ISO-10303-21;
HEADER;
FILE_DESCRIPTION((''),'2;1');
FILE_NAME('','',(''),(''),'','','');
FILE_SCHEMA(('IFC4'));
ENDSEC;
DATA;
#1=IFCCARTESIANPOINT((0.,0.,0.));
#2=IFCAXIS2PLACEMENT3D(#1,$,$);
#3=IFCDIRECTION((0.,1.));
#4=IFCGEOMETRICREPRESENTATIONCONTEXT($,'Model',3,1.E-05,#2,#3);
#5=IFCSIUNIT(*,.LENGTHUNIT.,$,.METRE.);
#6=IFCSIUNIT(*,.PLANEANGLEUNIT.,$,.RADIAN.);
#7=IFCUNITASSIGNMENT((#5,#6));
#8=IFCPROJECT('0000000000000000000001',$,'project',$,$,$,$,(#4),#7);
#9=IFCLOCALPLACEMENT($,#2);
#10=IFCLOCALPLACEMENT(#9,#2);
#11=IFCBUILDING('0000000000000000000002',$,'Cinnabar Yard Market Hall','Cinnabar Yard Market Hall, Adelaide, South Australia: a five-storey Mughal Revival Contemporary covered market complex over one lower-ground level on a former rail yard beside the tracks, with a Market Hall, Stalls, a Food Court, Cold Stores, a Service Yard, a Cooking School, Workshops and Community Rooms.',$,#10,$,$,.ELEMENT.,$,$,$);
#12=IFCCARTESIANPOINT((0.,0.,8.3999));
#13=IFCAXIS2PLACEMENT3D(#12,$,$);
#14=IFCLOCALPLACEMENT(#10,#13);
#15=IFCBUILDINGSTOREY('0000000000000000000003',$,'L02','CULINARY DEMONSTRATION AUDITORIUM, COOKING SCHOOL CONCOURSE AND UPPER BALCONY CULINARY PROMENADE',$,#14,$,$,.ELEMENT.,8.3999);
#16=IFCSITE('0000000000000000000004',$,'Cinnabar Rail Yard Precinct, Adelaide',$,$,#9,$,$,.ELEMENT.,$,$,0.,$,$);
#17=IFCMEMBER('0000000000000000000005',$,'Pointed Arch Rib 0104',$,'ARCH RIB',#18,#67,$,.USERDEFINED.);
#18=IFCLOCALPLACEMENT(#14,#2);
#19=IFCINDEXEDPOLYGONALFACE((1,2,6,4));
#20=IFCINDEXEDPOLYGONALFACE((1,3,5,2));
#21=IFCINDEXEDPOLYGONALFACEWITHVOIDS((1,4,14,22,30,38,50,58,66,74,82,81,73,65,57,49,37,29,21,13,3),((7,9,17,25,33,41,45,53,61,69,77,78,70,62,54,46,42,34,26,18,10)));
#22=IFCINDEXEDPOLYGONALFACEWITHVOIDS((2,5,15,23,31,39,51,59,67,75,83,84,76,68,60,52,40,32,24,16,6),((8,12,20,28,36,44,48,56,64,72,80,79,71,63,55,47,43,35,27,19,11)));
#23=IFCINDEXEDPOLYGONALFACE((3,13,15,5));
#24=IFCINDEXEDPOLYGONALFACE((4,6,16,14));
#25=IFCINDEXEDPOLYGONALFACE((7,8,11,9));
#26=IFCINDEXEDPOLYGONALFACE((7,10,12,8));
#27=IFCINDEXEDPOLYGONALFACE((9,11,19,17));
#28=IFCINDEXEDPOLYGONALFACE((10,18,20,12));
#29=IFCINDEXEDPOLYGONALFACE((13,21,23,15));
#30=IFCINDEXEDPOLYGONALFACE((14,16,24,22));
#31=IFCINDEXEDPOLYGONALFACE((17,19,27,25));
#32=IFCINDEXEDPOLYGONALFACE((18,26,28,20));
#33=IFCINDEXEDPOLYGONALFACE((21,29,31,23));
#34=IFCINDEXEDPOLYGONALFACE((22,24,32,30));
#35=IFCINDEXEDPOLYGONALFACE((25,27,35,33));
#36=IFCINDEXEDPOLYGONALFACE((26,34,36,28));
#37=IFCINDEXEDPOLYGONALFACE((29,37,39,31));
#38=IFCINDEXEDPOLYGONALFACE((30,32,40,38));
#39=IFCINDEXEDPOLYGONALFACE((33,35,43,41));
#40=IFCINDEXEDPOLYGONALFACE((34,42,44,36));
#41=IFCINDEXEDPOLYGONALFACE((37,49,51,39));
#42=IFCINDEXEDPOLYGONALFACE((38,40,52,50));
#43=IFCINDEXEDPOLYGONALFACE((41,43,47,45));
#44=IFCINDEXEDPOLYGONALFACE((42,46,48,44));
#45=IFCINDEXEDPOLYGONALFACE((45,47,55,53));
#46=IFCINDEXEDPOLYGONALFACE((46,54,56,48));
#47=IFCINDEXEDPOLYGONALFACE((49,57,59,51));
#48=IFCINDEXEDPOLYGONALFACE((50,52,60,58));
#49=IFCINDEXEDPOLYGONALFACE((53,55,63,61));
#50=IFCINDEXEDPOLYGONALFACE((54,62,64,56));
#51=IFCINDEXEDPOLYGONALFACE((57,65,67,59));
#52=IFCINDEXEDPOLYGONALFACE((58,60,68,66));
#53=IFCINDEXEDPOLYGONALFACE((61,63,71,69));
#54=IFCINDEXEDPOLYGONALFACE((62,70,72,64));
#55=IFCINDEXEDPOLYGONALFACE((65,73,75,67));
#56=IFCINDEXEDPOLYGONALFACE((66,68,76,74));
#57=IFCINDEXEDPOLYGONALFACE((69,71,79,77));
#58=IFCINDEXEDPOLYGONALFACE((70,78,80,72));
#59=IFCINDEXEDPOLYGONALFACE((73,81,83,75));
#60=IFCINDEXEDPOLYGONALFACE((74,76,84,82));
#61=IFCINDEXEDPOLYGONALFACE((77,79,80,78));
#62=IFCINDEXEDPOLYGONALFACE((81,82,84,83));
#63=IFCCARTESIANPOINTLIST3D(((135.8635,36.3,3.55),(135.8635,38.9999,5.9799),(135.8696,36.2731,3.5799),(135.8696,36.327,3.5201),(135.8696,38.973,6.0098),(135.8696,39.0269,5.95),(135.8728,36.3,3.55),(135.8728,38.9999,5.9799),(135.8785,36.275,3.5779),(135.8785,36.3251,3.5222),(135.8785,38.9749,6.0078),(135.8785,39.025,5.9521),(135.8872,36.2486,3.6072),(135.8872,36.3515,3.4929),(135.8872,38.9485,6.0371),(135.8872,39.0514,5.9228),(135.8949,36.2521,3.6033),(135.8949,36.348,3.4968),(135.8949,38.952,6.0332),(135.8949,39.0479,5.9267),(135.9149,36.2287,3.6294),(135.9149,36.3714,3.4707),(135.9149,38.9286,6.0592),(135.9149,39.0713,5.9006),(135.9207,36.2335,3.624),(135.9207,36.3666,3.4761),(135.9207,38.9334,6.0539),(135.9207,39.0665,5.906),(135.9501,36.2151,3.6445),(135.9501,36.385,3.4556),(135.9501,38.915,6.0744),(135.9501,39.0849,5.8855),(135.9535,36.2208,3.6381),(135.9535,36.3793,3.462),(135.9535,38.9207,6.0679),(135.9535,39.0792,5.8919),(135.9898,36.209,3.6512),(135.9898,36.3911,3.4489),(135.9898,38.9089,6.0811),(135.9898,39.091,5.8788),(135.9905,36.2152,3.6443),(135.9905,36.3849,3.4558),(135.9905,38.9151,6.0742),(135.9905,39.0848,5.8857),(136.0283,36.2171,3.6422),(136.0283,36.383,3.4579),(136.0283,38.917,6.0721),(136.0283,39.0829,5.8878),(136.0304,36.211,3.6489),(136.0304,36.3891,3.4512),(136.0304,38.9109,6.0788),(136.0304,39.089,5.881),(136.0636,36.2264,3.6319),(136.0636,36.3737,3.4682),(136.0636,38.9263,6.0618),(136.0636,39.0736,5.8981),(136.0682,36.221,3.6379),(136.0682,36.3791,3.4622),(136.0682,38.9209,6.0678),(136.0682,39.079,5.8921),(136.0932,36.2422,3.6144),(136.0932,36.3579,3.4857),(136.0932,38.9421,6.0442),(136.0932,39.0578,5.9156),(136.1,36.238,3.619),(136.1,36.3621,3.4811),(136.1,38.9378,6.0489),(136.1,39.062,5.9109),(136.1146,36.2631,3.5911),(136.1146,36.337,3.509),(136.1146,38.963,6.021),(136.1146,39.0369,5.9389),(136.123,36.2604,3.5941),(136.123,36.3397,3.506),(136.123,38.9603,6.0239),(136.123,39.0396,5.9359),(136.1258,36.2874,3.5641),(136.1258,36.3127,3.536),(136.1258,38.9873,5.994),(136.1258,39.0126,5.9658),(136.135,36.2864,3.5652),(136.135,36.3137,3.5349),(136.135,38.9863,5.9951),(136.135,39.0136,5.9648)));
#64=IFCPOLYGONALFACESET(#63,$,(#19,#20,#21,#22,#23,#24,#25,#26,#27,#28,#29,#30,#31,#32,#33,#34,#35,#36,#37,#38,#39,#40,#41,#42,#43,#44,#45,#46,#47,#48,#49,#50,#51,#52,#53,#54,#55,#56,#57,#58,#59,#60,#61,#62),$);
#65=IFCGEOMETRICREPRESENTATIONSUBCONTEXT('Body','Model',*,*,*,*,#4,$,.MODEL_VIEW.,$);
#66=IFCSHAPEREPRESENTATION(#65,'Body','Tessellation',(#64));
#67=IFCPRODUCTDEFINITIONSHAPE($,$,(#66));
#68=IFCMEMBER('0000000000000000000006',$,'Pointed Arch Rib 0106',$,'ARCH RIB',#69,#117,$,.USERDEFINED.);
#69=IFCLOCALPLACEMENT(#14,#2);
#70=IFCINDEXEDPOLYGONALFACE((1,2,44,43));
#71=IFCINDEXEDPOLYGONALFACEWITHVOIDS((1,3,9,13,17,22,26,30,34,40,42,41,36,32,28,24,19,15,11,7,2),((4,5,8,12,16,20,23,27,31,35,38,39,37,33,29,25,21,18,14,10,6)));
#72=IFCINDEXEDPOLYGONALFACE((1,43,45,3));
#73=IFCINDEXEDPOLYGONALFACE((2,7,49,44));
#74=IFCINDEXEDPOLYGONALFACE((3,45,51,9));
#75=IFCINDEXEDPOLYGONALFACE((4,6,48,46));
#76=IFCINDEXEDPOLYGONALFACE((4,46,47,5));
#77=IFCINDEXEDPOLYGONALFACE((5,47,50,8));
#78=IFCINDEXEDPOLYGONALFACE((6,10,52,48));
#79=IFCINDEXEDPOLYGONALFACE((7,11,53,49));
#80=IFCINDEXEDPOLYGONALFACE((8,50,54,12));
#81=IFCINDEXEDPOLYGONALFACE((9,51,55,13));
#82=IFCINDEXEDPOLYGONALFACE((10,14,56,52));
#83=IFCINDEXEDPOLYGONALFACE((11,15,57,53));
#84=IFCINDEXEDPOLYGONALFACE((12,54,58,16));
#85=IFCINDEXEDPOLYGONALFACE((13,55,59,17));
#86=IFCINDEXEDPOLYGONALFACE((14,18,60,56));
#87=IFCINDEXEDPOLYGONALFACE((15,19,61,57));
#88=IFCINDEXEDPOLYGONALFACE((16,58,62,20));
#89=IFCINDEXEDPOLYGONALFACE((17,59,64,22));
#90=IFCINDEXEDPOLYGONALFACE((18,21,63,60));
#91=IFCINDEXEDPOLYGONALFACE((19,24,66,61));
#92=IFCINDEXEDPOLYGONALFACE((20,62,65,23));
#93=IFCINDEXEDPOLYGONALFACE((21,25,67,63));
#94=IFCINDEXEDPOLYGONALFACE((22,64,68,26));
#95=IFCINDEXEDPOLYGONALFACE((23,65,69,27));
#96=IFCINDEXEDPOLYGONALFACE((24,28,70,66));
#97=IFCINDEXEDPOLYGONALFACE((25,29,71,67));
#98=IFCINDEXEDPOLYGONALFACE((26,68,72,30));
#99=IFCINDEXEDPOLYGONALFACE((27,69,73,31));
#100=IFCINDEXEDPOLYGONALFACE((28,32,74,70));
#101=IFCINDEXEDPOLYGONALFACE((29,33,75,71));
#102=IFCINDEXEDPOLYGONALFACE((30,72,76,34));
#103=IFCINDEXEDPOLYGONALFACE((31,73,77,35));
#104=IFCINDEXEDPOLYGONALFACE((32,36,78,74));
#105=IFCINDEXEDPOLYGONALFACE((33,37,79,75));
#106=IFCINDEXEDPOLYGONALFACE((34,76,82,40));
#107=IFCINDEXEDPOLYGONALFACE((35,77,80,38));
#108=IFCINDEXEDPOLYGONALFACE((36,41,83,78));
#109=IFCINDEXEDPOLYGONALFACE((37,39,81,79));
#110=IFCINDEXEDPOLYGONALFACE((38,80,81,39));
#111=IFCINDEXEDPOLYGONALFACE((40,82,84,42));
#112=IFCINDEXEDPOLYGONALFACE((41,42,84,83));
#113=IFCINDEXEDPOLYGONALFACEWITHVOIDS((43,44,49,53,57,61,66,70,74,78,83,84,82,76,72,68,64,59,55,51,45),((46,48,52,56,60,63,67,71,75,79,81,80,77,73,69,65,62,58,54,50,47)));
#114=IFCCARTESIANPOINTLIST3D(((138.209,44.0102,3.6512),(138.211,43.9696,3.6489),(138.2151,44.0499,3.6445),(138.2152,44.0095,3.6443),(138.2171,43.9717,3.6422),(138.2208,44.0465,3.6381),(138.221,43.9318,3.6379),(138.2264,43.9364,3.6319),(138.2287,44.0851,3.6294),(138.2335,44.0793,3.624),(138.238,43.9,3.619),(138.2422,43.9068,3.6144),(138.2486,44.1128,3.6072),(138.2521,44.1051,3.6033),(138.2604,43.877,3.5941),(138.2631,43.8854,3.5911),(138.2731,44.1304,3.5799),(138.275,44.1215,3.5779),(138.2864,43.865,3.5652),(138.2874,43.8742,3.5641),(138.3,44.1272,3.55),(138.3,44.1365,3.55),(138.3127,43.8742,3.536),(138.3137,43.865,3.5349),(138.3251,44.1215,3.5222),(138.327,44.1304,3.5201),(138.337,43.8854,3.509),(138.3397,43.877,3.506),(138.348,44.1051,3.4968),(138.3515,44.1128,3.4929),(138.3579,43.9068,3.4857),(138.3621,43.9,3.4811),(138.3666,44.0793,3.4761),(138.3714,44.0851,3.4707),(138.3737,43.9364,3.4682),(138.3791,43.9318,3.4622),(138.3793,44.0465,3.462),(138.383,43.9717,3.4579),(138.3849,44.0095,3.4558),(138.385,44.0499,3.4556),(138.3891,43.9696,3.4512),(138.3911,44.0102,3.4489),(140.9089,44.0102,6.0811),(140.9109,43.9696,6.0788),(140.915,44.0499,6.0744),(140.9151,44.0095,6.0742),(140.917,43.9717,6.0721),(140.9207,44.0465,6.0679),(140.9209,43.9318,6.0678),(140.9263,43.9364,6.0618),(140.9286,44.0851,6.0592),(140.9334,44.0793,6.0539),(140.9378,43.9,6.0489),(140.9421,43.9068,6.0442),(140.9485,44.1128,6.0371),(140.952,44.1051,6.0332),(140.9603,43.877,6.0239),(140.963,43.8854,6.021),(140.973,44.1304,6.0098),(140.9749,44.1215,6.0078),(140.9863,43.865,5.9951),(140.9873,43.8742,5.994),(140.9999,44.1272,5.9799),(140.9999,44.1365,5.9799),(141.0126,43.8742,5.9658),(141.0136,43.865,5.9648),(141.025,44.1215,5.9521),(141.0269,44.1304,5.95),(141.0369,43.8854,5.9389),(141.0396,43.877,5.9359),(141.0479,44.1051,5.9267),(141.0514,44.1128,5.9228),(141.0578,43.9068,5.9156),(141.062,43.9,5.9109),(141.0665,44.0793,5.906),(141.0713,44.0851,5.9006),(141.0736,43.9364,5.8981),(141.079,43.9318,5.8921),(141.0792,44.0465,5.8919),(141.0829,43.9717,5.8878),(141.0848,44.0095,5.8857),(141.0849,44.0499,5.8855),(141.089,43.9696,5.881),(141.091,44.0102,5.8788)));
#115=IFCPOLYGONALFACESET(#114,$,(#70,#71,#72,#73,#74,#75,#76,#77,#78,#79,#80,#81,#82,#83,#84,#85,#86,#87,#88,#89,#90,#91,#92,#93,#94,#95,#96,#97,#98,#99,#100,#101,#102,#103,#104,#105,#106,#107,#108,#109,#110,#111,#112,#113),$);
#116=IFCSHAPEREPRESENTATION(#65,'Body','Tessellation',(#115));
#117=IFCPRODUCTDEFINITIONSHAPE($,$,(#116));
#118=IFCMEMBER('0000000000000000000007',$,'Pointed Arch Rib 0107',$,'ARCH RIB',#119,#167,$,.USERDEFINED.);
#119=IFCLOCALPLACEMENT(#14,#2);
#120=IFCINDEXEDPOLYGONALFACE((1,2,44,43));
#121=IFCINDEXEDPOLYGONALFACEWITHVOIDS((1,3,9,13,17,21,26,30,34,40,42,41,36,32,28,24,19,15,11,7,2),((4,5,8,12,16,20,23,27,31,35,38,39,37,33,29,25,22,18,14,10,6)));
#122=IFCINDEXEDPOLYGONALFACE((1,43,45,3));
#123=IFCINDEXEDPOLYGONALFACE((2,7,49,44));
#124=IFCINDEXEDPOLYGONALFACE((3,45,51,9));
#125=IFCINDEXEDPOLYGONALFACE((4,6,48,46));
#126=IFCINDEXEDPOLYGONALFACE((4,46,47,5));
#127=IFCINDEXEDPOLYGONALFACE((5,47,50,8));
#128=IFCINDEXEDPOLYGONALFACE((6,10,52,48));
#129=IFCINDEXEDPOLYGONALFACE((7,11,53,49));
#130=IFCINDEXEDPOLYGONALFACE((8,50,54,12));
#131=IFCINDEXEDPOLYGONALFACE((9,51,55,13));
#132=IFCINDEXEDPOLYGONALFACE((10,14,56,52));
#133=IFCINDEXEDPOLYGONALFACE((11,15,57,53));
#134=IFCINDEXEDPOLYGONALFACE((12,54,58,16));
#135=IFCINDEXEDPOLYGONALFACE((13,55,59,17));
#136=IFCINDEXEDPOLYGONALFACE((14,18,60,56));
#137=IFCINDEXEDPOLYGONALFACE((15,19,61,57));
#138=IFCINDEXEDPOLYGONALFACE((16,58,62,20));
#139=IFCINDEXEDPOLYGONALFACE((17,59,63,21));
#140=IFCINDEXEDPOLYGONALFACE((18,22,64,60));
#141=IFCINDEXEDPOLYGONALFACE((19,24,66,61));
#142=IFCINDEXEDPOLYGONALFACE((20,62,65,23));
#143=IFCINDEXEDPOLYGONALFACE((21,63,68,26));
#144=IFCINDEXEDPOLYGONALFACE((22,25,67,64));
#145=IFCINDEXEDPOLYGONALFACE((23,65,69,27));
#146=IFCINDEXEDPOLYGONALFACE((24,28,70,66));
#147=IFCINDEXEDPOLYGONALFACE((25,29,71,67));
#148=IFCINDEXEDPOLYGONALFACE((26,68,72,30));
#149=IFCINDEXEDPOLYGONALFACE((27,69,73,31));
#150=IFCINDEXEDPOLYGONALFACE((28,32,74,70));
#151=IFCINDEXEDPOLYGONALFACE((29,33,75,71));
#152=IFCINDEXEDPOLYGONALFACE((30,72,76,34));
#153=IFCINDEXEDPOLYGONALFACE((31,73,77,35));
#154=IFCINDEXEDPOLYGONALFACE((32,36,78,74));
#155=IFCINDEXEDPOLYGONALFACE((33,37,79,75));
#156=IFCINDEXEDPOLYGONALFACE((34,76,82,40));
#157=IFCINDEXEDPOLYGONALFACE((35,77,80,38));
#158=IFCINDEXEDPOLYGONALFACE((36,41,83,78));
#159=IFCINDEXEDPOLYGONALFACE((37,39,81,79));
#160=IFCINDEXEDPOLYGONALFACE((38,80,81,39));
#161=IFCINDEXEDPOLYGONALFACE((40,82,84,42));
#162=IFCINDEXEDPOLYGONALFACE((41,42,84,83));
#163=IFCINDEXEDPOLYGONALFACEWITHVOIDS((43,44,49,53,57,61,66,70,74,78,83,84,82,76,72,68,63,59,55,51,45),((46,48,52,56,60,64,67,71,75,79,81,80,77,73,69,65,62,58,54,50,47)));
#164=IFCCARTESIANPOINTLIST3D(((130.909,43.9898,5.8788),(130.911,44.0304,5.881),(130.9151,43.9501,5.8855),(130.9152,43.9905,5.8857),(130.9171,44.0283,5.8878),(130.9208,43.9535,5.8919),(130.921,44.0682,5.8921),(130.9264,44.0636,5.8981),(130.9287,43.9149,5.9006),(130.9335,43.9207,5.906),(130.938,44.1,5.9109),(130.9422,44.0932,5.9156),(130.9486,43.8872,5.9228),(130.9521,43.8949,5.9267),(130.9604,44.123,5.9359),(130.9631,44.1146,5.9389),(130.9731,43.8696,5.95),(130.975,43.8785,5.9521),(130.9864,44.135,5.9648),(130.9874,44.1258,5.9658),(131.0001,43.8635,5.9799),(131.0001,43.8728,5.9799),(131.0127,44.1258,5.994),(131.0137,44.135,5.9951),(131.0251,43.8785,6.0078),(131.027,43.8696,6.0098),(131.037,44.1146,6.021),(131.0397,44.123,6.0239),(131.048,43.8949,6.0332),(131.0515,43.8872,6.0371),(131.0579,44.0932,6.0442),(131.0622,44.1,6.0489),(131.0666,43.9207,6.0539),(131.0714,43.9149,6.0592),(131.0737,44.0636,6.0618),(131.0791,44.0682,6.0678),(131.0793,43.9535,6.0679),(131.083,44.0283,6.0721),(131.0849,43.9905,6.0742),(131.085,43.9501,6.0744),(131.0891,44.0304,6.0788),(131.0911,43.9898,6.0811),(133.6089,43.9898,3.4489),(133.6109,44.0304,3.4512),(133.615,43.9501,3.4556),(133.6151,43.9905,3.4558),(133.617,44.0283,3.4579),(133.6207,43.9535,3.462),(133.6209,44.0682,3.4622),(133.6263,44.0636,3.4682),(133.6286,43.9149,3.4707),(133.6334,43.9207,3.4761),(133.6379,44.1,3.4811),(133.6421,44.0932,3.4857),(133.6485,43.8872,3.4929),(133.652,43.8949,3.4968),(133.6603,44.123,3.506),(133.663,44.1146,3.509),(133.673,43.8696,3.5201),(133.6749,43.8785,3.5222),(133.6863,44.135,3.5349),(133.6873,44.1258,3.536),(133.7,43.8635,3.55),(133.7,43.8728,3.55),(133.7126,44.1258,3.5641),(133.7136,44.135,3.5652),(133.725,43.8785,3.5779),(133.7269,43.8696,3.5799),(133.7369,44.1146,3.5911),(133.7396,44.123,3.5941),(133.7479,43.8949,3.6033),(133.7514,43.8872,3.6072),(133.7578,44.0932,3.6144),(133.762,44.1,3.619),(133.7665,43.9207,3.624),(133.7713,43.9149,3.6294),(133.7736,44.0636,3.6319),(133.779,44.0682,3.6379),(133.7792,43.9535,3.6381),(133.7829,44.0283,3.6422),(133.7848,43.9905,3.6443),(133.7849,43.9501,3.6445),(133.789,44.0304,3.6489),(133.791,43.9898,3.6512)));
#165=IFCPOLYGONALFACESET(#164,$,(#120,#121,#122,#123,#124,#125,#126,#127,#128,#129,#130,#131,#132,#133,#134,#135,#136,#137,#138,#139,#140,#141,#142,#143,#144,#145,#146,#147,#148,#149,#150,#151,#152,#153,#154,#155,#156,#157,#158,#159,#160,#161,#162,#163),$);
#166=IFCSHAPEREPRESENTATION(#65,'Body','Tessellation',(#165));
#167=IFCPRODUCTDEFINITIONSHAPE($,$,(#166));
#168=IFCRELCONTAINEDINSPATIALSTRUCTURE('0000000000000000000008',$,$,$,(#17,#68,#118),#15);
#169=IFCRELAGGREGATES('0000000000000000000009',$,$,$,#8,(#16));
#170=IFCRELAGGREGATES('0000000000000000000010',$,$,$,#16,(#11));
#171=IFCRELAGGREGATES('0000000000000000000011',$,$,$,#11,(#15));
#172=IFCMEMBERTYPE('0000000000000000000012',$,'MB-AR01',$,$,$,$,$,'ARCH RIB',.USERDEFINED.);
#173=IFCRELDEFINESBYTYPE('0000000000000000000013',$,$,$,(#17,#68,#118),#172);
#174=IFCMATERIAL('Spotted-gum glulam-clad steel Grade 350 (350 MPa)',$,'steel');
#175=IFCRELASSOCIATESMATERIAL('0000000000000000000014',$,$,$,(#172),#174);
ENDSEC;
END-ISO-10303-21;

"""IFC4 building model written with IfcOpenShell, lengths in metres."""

from ifc_helpers import new_model, si_unit, direction, frame, origin, origin_2d_with_axis, place, context, subcontext, project, spatial, hollow_circle, extrude, material, material_profile, profile_set, type_object, element, save


model = new_model("IFC4")

# Units and contexts
model_context = context("Model", 3, precision=1e-05, world=origin(), true_north=direction((0.0, 1.0)))
body_context = subcontext(model_context, "Body", "Model", "MODEL_VIEW")
ifc_project = project(units=[si_unit("LENGTHUNIT", "METRE"), si_unit("PLANEANGLEUNIT", "RADIAN")], contexts=[model_context])

# Site, building, storey
site_placement = place(None, origin())
site = spatial("IfcSite", under=ifc_project, at=site_placement, Name="Cinnabar Rail Yard Precinct, Adelaide", CompositionType="ELEMENT", RefElevation=0.0)
building_placement = place(site_placement, origin())
building = spatial("IfcBuilding", under=site, at=building_placement, Name="Cinnabar Yard Market Hall", Description="Cinnabar Yard Market Hall, Adelaide, South Australia: a five-storey Mughal Revival Contemporary covered market complex over one lower-ground level on a former rail yard beside the tracks, with a Market Hall, Stalls, a Food Court, Cold Stores, a Service Yard, a Cooking School, Workshops and Community Rooms.", CompositionType="ELEMENT")
storey_placement = place(building_placement, frame((0.0, 0.0, 8.3999)))
storey = spatial("IfcBuildingStorey", under=building, at=storey_placement, Name="L02", Description="CULINARY DEMONSTRATION AUDITORIUM, COOKING SCHOOL CONCOURSE AND UPPER BALCONY CULINARY PROMENADE", CompositionType="ELEMENT", Elevation=8.3999)

# Shared definitions
ifc_material_1 = material(Name="Spotted-gum glulam-clad steel Grade 350 (350 MPa)", Category="steel")

# Members
ifc_material_profile_1 = material_profile(ifc_material_1, hollow_circle(Radius=0.1365, WallThickness=0.0093, at=origin_2d_with_axis()), Name="273.1x9.3CHS")
ifc_profile_set_1 = profile_set([ifc_material_profile_1], Name="Spotted-gum glulam-clad steel Grade 350 (350 MPa)")
member_type_1 = type_object("IfcMemberType", Name="MB-AR01", ElementType="ARCH RIB", PredefinedType="USERDEFINED", material=ifc_profile_set_1)
for number, where, z_axis, x_axis, name in (
    (1, (136.0, 36.3, 3.55), (0.0, 0.743297, 0.668961), (-1.0, 0.0, 0.0), "Pointed Arch Rib 0104"),
    (2, (138.3, 44.0, 3.55), (0.743297, 0.0, 0.668961), (0.0, 1.0, 0.0), "Pointed Arch Rib 0106"),
    (3, (133.7, 44.0, 3.55), (-0.743297, 0.0, 0.668961), (0.0, -1.0, 0.0), "Pointed Arch Rib 0107"),
):
    element("IfcMember", number, at=place(storey_placement, frame(where, z_axis=z_axis, x_axis=x_axis)), inside=storey, type_object=member_type_1, Name=name, ObjectType="ARCH RIB", PredefinedType="USERDEFINED", context=body_context, shape_type="SweptSolid", body=[
        extrude(hollow_circle(Radius=0.1365, WallThickness=0.0093, at=origin_2d_with_axis()), origin(), (0.0, 0.0, 1.0), 3.6323),
    ])

save(model, "model.ifc")
